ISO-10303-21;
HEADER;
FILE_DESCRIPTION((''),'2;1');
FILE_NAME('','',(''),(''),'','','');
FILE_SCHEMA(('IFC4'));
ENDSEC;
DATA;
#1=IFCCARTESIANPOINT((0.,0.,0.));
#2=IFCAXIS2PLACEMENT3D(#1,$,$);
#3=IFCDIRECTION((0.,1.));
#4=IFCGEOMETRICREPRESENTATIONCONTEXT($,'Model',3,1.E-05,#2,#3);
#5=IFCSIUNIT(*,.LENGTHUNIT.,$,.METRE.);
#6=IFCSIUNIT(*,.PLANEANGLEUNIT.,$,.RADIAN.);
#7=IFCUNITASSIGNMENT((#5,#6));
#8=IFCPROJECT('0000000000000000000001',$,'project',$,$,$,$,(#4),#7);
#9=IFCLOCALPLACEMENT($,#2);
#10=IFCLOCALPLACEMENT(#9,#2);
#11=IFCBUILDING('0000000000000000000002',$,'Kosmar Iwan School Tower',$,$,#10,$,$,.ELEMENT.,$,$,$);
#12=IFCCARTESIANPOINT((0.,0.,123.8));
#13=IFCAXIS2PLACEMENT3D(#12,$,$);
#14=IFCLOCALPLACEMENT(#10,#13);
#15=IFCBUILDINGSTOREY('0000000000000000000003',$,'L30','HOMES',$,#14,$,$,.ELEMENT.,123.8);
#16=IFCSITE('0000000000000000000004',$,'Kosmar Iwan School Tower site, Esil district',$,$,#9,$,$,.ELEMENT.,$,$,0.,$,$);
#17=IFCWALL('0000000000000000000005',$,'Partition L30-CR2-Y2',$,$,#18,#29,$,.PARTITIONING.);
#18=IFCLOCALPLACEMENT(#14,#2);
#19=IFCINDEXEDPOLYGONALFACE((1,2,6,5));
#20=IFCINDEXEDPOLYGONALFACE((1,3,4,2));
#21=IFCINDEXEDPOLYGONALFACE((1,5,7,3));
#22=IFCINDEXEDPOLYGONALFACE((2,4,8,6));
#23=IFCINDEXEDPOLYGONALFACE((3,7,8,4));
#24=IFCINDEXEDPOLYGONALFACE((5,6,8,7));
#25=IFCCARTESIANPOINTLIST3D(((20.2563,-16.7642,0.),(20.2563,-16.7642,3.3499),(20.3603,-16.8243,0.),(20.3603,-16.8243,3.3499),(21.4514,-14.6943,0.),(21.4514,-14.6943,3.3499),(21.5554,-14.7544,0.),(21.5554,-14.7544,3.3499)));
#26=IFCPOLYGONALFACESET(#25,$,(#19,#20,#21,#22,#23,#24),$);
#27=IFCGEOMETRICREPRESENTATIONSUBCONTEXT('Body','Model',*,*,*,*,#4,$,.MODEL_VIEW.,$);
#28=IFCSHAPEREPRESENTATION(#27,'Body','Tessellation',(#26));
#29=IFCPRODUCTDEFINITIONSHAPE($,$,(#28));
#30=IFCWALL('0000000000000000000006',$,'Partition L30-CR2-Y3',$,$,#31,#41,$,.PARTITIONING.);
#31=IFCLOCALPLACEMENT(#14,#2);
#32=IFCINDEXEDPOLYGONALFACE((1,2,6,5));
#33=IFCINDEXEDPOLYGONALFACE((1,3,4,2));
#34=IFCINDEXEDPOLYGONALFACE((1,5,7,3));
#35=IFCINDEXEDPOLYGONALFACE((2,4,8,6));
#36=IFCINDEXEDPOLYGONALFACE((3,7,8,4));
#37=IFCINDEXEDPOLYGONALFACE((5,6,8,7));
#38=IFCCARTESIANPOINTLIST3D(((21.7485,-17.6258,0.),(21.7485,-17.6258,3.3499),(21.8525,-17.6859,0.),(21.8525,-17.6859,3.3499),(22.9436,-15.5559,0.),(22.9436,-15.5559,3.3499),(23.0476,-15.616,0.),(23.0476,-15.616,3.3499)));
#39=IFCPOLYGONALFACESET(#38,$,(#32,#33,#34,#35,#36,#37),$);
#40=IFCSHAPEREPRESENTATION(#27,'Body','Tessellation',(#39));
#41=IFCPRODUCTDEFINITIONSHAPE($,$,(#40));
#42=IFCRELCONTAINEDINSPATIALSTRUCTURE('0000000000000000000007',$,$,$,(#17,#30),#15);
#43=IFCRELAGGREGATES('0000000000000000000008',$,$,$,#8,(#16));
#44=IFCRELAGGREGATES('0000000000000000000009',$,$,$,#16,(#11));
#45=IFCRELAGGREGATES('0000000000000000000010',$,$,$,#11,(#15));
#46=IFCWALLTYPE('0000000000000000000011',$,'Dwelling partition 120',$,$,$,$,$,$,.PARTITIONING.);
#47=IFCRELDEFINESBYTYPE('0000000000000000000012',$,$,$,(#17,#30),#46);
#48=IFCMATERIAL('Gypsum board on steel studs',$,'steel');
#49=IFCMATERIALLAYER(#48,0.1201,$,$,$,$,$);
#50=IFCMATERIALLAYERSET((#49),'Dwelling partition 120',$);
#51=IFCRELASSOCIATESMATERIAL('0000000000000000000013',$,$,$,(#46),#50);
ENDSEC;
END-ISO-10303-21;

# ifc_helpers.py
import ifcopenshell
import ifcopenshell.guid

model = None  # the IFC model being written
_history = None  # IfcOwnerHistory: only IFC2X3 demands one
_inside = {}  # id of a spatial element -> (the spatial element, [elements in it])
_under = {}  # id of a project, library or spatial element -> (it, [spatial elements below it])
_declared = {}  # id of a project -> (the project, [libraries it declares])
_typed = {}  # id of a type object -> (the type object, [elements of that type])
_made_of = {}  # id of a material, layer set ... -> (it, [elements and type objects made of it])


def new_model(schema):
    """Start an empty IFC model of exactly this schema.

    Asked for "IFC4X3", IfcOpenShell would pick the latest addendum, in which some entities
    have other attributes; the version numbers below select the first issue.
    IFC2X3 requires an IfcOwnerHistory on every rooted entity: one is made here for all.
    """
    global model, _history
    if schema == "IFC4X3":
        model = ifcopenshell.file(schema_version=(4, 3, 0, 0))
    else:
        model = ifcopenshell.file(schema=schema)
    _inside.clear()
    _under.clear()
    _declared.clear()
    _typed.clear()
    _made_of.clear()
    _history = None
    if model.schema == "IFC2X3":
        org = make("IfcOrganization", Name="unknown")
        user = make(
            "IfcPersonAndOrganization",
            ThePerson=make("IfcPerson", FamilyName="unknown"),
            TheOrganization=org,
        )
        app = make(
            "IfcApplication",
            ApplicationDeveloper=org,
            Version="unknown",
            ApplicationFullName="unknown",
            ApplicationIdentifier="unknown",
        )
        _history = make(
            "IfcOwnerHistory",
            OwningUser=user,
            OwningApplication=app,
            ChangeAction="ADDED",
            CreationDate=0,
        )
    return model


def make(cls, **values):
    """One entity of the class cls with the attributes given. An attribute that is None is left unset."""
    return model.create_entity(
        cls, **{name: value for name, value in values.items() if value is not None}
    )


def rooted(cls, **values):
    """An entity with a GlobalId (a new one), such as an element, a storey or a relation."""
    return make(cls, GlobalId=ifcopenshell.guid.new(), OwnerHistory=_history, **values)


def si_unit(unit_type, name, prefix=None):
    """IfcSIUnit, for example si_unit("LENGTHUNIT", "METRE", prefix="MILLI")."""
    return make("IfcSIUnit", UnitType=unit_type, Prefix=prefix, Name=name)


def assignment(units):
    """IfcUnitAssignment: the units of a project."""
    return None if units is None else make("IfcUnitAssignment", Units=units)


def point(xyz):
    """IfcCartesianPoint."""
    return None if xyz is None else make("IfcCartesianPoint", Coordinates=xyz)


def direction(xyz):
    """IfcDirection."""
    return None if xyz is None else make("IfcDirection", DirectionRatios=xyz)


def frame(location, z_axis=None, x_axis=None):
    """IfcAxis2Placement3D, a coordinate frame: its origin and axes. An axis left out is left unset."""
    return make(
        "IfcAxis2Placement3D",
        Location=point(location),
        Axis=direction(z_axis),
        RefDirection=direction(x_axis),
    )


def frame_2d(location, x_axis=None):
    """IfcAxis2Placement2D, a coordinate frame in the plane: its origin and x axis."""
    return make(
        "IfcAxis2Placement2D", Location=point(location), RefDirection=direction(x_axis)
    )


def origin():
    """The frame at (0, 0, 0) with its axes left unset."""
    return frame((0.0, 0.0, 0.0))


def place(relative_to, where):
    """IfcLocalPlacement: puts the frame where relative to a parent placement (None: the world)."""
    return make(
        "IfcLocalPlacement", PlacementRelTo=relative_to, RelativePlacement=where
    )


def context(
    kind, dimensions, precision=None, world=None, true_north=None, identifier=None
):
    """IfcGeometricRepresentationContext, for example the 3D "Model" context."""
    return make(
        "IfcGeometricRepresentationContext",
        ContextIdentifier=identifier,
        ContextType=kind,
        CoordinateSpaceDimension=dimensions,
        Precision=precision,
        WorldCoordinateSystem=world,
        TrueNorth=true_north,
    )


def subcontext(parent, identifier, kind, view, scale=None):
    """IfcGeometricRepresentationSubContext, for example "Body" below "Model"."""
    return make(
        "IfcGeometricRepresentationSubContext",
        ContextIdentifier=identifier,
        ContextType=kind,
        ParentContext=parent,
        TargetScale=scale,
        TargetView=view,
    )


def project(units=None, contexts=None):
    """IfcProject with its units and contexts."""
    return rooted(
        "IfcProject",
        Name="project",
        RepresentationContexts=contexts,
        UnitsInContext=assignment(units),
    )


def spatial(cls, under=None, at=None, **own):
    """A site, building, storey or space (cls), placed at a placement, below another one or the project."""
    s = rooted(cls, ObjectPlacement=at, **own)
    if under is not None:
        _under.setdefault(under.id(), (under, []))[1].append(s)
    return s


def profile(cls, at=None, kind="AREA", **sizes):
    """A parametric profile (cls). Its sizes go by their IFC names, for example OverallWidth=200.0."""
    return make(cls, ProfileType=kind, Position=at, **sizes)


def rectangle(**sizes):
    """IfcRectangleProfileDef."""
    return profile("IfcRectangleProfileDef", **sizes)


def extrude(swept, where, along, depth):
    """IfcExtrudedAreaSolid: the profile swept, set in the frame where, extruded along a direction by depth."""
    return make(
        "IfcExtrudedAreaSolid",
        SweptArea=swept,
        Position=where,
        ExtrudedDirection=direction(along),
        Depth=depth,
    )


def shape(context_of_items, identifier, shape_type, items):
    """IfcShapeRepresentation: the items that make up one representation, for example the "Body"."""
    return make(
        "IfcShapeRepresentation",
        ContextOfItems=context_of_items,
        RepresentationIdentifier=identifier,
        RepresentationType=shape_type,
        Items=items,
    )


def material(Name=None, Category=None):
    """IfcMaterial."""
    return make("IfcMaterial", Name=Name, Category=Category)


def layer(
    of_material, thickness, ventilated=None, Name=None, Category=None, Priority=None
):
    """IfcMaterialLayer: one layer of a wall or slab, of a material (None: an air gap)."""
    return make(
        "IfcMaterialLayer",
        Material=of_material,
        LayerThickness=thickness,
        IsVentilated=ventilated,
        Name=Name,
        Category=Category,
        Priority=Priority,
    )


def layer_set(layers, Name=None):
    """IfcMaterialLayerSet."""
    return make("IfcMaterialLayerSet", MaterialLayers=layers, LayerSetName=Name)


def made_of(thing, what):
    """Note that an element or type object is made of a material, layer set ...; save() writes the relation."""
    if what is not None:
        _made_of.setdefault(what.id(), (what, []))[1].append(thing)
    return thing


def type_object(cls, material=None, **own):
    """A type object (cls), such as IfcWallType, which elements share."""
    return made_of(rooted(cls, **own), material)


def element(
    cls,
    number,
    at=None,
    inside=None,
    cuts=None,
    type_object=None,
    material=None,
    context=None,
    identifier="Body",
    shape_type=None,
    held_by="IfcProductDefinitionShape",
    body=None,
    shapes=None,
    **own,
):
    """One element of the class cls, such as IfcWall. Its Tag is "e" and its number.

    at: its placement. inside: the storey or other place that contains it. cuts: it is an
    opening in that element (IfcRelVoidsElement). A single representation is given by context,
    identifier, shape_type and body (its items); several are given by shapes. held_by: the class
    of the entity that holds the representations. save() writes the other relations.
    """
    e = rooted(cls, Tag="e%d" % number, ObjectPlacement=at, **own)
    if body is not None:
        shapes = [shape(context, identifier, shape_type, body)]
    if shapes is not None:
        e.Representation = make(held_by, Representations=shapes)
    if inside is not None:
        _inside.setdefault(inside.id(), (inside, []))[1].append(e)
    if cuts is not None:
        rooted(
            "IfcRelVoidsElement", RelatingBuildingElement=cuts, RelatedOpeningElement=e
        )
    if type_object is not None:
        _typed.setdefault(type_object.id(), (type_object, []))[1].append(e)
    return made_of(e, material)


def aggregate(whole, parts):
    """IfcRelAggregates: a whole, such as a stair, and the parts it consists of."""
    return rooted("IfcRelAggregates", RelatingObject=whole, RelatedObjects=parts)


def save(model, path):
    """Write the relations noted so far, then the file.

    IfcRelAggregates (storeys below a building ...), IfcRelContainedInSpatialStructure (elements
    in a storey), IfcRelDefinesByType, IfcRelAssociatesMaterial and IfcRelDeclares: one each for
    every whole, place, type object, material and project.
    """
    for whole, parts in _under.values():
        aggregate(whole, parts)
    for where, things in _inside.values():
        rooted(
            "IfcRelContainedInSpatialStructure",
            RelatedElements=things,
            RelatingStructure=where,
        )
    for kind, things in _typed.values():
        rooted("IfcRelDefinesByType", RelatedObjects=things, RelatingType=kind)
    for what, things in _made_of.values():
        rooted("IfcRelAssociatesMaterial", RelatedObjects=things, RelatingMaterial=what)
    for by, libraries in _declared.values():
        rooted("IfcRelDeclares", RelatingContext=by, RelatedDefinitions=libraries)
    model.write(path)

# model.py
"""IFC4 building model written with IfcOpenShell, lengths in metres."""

from ifc_helpers import new_model, si_unit, direction, frame, frame_2d, origin, place, context, subcontext, project, spatial, rectangle, extrude, material, layer, layer_set, type_object, element, save


model = new_model("IFC4")

# Units and contexts
model_context = context("Model", 3, precision=1e-05, world=origin(), true_north=direction((0.0, 1.0)))
body_context = subcontext(model_context, "Body", "Model", "MODEL_VIEW")
ifc_project = project(units=[si_unit("LENGTHUNIT", "METRE"), si_unit("PLANEANGLEUNIT", "RADIAN")], contexts=[model_context])

# Site, building, storey
site_placement = place(None, origin())
site = spatial("IfcSite", under=ifc_project, at=site_placement, Name="Kosmar Iwan School Tower site, Esil district", CompositionType="ELEMENT", RefElevation=0.0)
building_placement = place(site_placement, origin())
building = spatial("IfcBuilding", under=site, at=building_placement, Name="Kosmar Iwan School Tower", CompositionType="ELEMENT")
storey_placement = place(building_placement, frame((0.0, 0.0, 123.8)))
storey = spatial("IfcBuildingStorey", under=building, at=storey_placement, Name="L30", Description="HOMES", CompositionType="ELEMENT", Elevation=123.8)

# Shared definitions
ifc_material_1 = material(Name="Gypsum board on steel studs", Category="steel")
ifc_layer = layer(ifc_material_1, 0.1201)
ifc_layer_set = layer_set([ifc_layer], Name="Dwelling partition 120")
wall_type = type_object("IfcWallType", Name="Dwelling partition 120", PredefinedType="PARTITIONING", material=ifc_layer_set)

# Walls
for number, where, z_axis, x_axis, name in (
    (1, (21.5034, -14.7244, 0.0), (0.0, 0.0, 1.0), (-0.500017, -0.866015, 0.0), "Partition L30-CR2-Y2"),
    (2, (22.9956, -15.5859, 0.0), (0.0, 0.0, 1.0), (-0.500017, -0.866015, 0.0), "Partition L30-CR2-Y3"),
):
    element("IfcWall", number, at=place(storey_placement, frame(where, z_axis=z_axis, x_axis=x_axis)), inside=storey, type_object=wall_type, Name=name, PredefinedType="PARTITIONING", context=body_context, shape_type="SweptSolid", body=[
        extrude(rectangle(XDim=2.3901, YDim=0.1201, at=frame_2d((1.1951, 0.0))), origin(), (0.0, 0.0, 1.0), 3.3499),
    ])

save(model, "model.ifc")
